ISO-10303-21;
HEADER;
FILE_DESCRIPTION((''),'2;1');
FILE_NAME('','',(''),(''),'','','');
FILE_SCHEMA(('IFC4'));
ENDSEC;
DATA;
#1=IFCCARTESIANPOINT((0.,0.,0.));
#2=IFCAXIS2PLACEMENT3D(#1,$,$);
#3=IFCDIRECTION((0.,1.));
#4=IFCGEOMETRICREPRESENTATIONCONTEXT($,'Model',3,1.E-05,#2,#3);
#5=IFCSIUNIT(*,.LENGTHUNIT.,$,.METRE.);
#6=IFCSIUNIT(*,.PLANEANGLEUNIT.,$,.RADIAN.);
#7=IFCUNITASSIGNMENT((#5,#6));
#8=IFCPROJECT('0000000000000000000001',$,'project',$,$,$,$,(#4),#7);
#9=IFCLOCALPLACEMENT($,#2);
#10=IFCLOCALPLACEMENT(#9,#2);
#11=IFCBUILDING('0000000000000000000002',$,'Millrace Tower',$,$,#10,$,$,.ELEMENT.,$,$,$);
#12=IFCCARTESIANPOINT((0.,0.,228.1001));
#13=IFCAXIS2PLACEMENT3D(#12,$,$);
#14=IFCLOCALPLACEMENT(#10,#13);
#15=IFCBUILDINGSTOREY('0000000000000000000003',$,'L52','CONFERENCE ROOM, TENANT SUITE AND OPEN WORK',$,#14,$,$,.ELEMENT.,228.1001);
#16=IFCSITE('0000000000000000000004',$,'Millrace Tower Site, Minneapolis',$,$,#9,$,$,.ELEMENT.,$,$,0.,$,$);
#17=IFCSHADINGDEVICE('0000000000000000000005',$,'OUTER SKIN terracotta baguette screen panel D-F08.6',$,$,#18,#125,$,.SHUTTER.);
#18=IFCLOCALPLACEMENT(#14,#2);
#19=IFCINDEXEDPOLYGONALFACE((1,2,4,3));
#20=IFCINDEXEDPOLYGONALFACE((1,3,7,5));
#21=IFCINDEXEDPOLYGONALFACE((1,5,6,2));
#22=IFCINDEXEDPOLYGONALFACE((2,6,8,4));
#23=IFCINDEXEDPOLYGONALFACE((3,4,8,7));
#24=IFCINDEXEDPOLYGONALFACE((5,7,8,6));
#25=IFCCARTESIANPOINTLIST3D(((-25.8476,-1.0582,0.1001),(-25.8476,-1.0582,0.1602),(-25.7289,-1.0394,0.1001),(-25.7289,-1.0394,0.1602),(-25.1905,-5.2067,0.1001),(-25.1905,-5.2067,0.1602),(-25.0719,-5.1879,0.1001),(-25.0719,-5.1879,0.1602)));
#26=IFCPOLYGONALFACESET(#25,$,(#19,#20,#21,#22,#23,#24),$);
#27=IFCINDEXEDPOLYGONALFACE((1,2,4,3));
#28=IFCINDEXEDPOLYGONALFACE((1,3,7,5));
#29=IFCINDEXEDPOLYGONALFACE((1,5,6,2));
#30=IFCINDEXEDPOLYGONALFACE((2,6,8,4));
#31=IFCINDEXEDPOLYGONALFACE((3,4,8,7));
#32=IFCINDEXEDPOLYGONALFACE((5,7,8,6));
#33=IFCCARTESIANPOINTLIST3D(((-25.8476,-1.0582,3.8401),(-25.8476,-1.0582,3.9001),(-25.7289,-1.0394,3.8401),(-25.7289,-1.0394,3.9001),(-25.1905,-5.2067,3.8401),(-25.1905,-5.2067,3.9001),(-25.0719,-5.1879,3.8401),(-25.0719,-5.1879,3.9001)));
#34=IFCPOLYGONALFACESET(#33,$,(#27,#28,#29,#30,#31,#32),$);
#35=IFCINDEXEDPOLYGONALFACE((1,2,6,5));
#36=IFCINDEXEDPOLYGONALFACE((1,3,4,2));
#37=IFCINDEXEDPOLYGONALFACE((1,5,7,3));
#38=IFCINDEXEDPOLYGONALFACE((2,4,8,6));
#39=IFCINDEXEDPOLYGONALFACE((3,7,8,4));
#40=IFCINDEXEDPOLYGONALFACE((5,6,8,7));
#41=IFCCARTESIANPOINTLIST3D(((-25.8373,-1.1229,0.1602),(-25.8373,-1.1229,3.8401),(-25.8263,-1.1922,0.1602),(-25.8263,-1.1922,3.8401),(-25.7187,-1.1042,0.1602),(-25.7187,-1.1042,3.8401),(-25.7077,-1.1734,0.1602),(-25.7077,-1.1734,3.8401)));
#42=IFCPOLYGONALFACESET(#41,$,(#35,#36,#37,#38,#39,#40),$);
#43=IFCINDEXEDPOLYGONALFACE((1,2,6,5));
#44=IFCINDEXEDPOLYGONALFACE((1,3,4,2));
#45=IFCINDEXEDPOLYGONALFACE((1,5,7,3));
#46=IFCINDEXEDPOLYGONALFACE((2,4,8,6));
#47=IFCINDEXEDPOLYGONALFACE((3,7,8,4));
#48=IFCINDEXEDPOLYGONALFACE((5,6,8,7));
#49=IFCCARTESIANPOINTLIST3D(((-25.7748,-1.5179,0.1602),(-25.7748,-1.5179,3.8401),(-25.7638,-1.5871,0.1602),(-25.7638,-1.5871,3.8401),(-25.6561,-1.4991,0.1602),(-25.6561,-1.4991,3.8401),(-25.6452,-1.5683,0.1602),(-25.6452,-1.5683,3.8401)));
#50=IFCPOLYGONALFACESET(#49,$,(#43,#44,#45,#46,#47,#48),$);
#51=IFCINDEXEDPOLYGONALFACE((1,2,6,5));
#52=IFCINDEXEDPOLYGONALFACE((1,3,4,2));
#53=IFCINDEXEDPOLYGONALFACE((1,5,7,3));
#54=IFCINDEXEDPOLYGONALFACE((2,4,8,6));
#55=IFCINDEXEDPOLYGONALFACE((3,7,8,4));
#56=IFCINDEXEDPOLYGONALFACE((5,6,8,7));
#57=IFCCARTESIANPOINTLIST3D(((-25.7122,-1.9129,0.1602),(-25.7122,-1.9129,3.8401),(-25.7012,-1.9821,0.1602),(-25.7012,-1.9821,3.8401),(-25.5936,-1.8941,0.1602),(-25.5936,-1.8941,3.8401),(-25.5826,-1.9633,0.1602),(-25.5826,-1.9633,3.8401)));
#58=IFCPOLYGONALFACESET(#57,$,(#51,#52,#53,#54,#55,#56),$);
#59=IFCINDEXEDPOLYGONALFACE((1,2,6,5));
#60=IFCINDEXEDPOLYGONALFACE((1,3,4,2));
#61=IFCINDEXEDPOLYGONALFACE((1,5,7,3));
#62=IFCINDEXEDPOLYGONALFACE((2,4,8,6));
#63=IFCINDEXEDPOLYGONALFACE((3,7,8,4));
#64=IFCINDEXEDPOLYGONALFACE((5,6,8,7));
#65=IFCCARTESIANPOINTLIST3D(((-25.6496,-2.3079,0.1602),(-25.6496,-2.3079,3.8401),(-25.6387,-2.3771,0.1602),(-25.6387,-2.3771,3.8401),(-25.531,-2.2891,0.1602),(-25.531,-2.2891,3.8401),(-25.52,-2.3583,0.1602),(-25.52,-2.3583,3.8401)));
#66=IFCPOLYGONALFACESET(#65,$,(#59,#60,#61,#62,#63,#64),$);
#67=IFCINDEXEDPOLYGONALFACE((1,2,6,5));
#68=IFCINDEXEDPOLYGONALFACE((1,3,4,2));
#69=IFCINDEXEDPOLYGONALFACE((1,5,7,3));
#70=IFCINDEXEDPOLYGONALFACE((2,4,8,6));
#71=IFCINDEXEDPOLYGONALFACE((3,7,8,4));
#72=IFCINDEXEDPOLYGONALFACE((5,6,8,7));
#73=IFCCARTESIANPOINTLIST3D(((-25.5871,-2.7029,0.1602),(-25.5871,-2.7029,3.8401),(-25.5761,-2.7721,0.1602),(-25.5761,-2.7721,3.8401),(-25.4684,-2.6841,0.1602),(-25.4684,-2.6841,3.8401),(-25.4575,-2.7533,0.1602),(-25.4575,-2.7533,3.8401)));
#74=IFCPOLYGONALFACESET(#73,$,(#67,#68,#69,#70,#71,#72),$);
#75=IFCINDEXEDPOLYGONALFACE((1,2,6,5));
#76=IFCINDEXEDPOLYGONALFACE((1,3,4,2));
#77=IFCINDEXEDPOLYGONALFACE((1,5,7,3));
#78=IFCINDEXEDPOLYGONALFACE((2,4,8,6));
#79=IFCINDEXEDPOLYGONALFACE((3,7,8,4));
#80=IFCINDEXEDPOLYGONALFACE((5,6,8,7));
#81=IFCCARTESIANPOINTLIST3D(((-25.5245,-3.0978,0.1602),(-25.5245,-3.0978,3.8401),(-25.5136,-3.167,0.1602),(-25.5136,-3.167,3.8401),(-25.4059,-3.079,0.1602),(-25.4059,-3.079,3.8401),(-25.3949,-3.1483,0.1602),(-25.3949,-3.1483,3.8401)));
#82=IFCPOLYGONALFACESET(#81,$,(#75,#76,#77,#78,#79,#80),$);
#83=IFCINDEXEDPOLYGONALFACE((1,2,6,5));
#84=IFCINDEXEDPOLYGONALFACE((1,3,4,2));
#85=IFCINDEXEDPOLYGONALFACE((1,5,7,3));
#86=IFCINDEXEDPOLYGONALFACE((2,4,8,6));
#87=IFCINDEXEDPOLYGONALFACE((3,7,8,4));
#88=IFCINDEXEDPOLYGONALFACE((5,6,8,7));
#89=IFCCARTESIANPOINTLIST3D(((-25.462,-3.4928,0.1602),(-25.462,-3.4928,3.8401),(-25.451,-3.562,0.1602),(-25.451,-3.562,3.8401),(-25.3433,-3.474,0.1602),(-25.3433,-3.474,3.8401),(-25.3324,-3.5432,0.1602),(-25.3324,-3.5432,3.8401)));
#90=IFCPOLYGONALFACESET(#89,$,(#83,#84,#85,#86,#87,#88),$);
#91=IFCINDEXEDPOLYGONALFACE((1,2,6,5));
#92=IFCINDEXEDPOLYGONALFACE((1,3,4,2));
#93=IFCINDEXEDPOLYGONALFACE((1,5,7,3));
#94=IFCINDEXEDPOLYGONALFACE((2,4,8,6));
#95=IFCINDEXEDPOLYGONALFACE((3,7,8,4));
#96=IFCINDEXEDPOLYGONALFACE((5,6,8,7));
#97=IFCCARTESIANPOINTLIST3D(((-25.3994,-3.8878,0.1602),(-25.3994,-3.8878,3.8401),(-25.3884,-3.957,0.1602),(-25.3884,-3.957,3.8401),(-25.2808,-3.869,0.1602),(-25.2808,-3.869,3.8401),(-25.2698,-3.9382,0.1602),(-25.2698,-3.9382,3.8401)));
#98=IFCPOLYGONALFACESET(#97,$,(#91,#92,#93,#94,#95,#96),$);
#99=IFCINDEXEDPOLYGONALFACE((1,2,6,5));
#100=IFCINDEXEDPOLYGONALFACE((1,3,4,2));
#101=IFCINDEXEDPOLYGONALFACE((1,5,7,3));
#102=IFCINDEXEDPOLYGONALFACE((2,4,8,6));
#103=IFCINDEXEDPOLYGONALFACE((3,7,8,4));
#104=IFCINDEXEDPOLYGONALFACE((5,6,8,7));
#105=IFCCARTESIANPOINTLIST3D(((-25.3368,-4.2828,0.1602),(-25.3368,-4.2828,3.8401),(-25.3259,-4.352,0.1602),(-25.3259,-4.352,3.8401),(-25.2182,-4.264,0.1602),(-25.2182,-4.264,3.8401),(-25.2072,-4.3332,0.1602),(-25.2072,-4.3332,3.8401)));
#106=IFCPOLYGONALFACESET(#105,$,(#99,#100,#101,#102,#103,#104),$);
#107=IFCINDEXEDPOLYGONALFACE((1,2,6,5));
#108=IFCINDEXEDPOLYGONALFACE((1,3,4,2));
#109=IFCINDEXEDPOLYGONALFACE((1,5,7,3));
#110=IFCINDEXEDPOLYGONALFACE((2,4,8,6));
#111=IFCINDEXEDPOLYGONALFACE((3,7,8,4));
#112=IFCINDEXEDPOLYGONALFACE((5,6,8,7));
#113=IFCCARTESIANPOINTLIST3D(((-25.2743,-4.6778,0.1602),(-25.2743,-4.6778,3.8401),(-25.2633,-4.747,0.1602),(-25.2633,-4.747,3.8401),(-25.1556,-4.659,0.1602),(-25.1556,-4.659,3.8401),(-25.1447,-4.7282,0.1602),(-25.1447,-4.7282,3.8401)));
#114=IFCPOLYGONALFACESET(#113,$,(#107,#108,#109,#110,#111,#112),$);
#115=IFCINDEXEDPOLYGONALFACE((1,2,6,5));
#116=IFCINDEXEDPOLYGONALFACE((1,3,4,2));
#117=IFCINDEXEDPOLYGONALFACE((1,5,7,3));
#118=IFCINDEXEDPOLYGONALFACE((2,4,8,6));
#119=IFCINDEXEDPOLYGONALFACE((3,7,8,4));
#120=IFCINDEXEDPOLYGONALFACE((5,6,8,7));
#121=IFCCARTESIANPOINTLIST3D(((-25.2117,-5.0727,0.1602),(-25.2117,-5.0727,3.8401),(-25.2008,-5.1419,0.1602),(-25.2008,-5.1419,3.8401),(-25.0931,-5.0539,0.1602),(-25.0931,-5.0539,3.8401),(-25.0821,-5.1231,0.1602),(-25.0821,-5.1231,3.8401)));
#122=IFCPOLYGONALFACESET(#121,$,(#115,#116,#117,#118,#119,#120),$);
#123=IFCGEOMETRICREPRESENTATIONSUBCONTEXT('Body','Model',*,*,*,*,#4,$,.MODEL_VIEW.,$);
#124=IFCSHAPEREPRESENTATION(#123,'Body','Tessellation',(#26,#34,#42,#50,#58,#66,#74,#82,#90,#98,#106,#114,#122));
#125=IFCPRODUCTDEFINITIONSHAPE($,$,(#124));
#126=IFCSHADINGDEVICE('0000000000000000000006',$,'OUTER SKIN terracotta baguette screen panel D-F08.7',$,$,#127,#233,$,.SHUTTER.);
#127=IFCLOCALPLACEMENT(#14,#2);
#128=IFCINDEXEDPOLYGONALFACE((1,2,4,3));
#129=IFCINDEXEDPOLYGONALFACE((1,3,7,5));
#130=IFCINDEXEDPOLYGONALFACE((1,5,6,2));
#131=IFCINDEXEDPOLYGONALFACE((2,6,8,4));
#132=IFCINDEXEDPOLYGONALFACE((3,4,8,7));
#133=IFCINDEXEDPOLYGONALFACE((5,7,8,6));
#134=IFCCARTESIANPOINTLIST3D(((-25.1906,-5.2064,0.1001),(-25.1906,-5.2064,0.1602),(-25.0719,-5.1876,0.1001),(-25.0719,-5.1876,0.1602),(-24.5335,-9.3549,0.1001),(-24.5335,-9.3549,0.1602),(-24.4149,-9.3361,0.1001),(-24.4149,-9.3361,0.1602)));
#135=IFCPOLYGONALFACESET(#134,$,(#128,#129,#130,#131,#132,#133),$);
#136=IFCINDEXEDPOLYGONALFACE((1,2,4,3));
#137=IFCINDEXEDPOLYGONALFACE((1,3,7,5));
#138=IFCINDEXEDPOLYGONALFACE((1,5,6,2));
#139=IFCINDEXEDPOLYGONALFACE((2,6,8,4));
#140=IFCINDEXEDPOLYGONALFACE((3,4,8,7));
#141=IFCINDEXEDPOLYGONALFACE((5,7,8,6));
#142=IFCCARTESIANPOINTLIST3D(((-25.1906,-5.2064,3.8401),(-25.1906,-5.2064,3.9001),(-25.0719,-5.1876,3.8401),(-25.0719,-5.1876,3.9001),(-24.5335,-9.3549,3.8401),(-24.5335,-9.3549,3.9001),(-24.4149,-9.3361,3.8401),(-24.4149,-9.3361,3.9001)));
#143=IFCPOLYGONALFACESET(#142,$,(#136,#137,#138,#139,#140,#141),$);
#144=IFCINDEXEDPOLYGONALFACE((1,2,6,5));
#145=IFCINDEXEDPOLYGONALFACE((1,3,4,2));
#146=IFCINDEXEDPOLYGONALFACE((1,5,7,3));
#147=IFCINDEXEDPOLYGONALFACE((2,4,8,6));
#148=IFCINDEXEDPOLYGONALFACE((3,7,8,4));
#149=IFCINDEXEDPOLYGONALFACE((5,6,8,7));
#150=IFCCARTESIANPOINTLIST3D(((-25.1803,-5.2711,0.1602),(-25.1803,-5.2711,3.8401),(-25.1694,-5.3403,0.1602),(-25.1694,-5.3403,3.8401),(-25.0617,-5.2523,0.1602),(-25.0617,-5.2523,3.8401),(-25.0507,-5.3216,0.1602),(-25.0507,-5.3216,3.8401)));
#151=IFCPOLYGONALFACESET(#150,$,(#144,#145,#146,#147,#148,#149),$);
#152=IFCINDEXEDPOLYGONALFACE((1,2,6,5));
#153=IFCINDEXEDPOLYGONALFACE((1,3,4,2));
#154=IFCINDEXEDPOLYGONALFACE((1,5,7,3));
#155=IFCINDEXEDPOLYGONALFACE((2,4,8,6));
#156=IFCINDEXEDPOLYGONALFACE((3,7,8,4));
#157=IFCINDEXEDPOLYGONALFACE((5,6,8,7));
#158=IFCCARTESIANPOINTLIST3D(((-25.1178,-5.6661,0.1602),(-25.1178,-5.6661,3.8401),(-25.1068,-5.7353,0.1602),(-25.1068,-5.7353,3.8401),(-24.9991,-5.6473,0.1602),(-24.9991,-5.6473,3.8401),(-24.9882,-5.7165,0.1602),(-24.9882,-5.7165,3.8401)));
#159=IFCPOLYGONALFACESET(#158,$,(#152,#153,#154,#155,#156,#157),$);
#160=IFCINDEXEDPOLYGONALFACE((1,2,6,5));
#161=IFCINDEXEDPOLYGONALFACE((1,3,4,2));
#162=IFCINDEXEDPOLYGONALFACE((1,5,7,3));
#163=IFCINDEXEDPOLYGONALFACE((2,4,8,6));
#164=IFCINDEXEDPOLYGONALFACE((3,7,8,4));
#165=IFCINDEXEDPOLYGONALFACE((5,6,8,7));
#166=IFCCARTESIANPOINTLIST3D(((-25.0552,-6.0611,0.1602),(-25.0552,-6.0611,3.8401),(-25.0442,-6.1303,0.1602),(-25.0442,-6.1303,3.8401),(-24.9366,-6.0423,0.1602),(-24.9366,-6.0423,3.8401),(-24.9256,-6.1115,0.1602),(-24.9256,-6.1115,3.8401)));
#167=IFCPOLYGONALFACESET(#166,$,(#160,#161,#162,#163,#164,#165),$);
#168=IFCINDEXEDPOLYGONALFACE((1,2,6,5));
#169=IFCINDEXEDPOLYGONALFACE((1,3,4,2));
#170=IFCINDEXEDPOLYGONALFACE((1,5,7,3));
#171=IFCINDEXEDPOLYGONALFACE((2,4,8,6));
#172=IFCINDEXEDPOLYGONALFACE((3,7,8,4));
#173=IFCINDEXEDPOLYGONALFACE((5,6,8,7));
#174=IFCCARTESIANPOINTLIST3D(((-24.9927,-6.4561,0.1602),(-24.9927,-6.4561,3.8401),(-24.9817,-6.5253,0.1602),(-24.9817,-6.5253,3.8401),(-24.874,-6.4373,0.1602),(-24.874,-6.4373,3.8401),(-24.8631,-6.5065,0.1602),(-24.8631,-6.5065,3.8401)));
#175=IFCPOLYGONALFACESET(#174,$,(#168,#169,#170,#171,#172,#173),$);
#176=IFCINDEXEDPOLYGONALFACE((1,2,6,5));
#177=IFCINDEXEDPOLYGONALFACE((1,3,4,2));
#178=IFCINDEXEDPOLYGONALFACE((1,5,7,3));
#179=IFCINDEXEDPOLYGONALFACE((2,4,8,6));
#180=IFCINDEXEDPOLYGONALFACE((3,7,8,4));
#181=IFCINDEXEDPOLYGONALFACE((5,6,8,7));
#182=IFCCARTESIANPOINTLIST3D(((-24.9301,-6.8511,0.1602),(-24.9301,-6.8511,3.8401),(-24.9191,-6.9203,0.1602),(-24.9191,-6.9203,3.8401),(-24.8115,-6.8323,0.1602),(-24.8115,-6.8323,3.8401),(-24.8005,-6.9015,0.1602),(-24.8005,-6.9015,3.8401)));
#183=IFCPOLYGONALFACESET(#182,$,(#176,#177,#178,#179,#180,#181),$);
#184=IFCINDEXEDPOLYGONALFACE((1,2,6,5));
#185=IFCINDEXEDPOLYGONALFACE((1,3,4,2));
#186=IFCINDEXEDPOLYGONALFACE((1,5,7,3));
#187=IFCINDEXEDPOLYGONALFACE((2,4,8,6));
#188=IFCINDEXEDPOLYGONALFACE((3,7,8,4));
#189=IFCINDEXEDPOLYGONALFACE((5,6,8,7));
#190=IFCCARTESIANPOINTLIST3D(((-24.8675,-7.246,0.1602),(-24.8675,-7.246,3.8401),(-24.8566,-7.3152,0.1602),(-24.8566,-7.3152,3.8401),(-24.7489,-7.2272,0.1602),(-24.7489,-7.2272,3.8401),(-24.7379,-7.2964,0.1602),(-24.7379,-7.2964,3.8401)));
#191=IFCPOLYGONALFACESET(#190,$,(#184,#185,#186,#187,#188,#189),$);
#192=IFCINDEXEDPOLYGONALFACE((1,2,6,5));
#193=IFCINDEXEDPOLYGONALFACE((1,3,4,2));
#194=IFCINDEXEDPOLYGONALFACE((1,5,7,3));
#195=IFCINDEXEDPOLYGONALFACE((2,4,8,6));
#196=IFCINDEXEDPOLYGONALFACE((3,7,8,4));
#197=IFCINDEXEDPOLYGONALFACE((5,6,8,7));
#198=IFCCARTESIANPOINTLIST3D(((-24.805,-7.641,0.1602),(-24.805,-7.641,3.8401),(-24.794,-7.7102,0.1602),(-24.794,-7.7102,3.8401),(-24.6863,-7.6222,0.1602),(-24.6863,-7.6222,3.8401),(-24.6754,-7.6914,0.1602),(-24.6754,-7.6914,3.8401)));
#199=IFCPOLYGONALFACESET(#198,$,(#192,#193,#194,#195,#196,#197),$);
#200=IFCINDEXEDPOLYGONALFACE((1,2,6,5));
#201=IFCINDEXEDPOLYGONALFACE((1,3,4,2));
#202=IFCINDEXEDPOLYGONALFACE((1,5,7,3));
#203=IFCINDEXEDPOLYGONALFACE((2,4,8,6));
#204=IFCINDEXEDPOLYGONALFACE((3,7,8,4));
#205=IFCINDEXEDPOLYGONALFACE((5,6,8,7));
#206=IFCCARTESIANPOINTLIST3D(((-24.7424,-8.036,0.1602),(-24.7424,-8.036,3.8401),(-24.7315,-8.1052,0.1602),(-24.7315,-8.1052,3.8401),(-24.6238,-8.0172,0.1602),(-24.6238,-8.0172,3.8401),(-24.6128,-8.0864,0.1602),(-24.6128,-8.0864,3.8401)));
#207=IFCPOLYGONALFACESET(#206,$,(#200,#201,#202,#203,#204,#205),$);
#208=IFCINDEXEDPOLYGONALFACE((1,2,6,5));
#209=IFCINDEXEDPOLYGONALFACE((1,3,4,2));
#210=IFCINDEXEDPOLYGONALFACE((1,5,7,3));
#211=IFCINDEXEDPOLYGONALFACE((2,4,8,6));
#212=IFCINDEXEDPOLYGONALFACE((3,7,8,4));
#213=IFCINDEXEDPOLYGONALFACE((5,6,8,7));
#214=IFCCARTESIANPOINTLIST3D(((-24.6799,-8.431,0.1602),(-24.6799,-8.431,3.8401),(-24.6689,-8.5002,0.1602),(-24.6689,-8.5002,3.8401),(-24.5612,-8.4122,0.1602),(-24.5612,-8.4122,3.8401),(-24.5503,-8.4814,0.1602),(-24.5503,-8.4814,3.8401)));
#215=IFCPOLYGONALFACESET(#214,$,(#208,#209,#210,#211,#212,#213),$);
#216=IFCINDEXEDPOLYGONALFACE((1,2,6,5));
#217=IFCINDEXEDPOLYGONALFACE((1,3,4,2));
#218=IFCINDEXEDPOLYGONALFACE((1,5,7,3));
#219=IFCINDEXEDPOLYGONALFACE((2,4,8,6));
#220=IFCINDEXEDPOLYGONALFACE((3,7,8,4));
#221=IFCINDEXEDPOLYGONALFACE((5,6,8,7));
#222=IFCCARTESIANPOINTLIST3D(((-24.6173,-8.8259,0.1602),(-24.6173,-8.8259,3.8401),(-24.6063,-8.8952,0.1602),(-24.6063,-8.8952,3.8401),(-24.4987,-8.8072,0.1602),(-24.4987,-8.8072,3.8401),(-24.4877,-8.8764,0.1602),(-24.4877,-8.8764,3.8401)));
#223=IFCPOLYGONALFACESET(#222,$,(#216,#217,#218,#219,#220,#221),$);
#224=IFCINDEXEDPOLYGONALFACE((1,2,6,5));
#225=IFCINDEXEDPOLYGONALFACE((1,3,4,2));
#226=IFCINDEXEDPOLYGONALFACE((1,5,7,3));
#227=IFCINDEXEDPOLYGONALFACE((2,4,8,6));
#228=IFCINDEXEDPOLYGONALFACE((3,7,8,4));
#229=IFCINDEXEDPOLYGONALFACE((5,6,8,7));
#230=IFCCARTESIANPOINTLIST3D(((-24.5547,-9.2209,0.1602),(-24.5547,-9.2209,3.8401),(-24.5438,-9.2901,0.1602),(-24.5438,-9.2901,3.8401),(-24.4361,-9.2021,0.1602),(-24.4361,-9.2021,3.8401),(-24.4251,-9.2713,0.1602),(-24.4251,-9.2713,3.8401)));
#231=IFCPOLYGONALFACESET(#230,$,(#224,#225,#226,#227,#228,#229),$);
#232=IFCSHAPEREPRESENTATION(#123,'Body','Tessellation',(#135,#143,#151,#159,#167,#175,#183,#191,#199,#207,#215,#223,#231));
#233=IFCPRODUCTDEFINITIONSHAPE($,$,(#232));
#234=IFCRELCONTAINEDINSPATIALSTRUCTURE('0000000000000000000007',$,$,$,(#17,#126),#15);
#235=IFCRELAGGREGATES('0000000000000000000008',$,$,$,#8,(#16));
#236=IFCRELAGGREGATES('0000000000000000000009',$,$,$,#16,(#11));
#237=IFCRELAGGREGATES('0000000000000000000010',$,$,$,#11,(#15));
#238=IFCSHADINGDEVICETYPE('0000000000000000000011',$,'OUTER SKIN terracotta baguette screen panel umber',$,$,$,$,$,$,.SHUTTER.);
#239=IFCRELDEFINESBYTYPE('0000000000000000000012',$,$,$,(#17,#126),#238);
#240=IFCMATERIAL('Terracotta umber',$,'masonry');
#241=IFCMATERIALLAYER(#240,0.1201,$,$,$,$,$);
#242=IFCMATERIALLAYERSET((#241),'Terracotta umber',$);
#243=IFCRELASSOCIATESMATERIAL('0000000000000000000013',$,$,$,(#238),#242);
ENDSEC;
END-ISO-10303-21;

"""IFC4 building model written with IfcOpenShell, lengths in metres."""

from ifc_helpers import new_model, entity, si_unit, direction, frame, frame_2d, origin, origin_2d, place, context, subcontext, project, spatial, rectangle, extrude, source, transform, mapped, material, layer, layer_set, type_object, element, save


model = new_model("IFC4")

# Units and contexts
model_context = context("Model", 3, precision=1e-05, world=origin(), true_north=direction((0.0, 1.0)))
body_context = subcontext(model_context, "Body", "Model", "MODEL_VIEW")
ifc_project = project(units=[si_unit("LENGTHUNIT", "METRE"), si_unit("PLANEANGLEUNIT", "RADIAN")], contexts=[model_context])

# Site, building, storey
site_placement = place(None, origin())
site = spatial("IfcSite", under=ifc_project, at=site_placement, Name="Millrace Tower Site, Minneapolis", CompositionType="ELEMENT", RefElevation=0.0)
building_placement = place(site_placement, origin())
building = spatial("IfcBuilding", under=site, at=building_placement, Name="Millrace Tower", CompositionType="ELEMENT")
storey_placement = place(building_placement, frame((0.0, 0.0, 228.1001)))
storey = spatial("IfcBuildingStorey", under=building, at=storey_placement, Name="L52", Description="CONFERENCE ROOM, TENANT SUITE AND OPEN WORK", CompositionType="ELEMENT", Elevation=228.1001)

# Shading devices
ifc_material_1 = material(Name="Terracotta umber", Category="masonry")
ifc_layer_1 = layer(ifc_material_1, 0.1201)
ifc_layer_set_1 = layer_set([ifc_layer_1], Name="Terracotta umber")
shading_device_type = type_object("IfcShadingDeviceType", Name="OUTER SKIN terracotta baguette screen panel umber", PredefinedType="SHUTTER", material=ifc_layer_set_1)
cartesian_point = entity("IfcCartesianPoint", [-2.1001, 0.0601])
shared_polyline = entity("IfcPolyline", [cartesian_point, entity("IfcCartesianPoint", [2.1001, 0.0601]), entity("IfcCartesianPoint", [2.1001, -0.0601]), entity("IfcCartesianPoint", [-2.1001, -0.0601]), cartesian_point])
shared_shape = source(origin(), body_context, "Body", "SweptSolid", [
    entity("IfcExtrudedAreaSolid", entity("IfcArbitraryClosedProfileDef", "AREA", None, shared_polyline), entity("IfcAxis2Placement3D", entity("IfcCartesianPoint", [0.0, 0.0, 0.0])), entity("IfcDirection", [0.0, 0.0, 1.0]), 0.0601),
    entity("IfcExtrudedAreaSolid", entity("IfcArbitraryClosedProfileDef", "AREA", None, shared_polyline), entity("IfcAxis2Placement3D", entity("IfcCartesianPoint", [0.0, 0.0, 3.74])), entity("IfcDirection", [0.0, 0.0, 1.0]), 0.0601),
    extrude(rectangle(XDim=0.0701, YDim=0.1201, at=frame_2d((-1.9995, 0.0))), frame((0.0, 0.0, 0.0601)), (0.0, 0.0, 1.0), 3.6799),
    extrude(rectangle(XDim=0.0701, YDim=0.1201, at=frame_2d((-1.5996, 0.0))), frame((0.0, 0.0, 0.0601)), (0.0, 0.0, 1.0), 3.6799),
    extrude(rectangle(XDim=0.0701, YDim=0.1201, at=frame_2d((-1.1997, 0.0))), frame((0.0, 0.0, 0.0601)), (0.0, 0.0, 1.0), 3.6799),
    extrude(rectangle(XDim=0.0701, YDim=0.1201, at=frame_2d((-0.7998, 0.0))), frame((0.0, 0.0, 0.0601)), (0.0, 0.0, 1.0), 3.6799),
    extrude(rectangle(XDim=0.0701, YDim=0.1201, at=frame_2d((-0.3999, 0.0))), frame((0.0, 0.0, 0.0601)), (0.0, 0.0, 1.0), 3.6799),
    extrude(rectangle(XDim=0.0701, YDim=0.1201, at=origin_2d()), frame((0.0, 0.0, 0.0601)), (0.0, 0.0, 1.0), 3.6799),
    extrude(rectangle(XDim=0.0701, YDim=0.1201, at=frame_2d((0.3999, 0.0))), frame((0.0, 0.0, 0.0601)), (0.0, 0.0, 1.0), 3.6799),
    extrude(rectangle(XDim=0.0701, YDim=0.1201, at=frame_2d((0.7998, 0.0))), frame((0.0, 0.0, 0.0601)), (0.0, 0.0, 1.0), 3.6799),
    extrude(rectangle(XDim=0.0701, YDim=0.1201, at=frame_2d((1.1997, 0.0))), frame((0.0, 0.0, 0.0601)), (0.0, 0.0, 1.0), 3.6799),
    extrude(rectangle(XDim=0.0701, YDim=0.1201, at=frame_2d((1.5996, 0.0))), frame((0.0, 0.0, 0.0601)), (0.0, 0.0, 1.0), 3.6799),
    extrude(rectangle(XDim=0.0701, YDim=0.1201, at=frame_2d((1.9995, 0.0))), frame((0.0, 0.0, 0.0601)), (0.0, 0.0, 1.0), 3.6799),
])
for number, where, z_axis, x_axis, name in (
    (1, (-25.4597, -3.123, 0.1001), (0.0, 0.0, 1.0), (0.156434, -0.987688, 0.0), "OUTER SKIN terracotta baguette screen panel D-F08.6"),
    (2, (-24.8027, -7.2712, 0.1001), (0.0, 0.0, 1.0), (0.156434, -0.987688, 0.0), "OUTER SKIN terracotta baguette screen panel D-F08.7"),
):
    element("IfcShadingDevice", number, at=place(storey_placement, frame(where, z_axis=z_axis, x_axis=x_axis)), inside=storey, type_object=shading_device_type, Name=name, PredefinedType="SHUTTER", context=body_context, shape_type="MappedRepresentation", body=[
        mapped(shared_shape, transform((0.0, 0.0, 0.0), scale=1.0)),
    ])

save(model, "model.ifc")
